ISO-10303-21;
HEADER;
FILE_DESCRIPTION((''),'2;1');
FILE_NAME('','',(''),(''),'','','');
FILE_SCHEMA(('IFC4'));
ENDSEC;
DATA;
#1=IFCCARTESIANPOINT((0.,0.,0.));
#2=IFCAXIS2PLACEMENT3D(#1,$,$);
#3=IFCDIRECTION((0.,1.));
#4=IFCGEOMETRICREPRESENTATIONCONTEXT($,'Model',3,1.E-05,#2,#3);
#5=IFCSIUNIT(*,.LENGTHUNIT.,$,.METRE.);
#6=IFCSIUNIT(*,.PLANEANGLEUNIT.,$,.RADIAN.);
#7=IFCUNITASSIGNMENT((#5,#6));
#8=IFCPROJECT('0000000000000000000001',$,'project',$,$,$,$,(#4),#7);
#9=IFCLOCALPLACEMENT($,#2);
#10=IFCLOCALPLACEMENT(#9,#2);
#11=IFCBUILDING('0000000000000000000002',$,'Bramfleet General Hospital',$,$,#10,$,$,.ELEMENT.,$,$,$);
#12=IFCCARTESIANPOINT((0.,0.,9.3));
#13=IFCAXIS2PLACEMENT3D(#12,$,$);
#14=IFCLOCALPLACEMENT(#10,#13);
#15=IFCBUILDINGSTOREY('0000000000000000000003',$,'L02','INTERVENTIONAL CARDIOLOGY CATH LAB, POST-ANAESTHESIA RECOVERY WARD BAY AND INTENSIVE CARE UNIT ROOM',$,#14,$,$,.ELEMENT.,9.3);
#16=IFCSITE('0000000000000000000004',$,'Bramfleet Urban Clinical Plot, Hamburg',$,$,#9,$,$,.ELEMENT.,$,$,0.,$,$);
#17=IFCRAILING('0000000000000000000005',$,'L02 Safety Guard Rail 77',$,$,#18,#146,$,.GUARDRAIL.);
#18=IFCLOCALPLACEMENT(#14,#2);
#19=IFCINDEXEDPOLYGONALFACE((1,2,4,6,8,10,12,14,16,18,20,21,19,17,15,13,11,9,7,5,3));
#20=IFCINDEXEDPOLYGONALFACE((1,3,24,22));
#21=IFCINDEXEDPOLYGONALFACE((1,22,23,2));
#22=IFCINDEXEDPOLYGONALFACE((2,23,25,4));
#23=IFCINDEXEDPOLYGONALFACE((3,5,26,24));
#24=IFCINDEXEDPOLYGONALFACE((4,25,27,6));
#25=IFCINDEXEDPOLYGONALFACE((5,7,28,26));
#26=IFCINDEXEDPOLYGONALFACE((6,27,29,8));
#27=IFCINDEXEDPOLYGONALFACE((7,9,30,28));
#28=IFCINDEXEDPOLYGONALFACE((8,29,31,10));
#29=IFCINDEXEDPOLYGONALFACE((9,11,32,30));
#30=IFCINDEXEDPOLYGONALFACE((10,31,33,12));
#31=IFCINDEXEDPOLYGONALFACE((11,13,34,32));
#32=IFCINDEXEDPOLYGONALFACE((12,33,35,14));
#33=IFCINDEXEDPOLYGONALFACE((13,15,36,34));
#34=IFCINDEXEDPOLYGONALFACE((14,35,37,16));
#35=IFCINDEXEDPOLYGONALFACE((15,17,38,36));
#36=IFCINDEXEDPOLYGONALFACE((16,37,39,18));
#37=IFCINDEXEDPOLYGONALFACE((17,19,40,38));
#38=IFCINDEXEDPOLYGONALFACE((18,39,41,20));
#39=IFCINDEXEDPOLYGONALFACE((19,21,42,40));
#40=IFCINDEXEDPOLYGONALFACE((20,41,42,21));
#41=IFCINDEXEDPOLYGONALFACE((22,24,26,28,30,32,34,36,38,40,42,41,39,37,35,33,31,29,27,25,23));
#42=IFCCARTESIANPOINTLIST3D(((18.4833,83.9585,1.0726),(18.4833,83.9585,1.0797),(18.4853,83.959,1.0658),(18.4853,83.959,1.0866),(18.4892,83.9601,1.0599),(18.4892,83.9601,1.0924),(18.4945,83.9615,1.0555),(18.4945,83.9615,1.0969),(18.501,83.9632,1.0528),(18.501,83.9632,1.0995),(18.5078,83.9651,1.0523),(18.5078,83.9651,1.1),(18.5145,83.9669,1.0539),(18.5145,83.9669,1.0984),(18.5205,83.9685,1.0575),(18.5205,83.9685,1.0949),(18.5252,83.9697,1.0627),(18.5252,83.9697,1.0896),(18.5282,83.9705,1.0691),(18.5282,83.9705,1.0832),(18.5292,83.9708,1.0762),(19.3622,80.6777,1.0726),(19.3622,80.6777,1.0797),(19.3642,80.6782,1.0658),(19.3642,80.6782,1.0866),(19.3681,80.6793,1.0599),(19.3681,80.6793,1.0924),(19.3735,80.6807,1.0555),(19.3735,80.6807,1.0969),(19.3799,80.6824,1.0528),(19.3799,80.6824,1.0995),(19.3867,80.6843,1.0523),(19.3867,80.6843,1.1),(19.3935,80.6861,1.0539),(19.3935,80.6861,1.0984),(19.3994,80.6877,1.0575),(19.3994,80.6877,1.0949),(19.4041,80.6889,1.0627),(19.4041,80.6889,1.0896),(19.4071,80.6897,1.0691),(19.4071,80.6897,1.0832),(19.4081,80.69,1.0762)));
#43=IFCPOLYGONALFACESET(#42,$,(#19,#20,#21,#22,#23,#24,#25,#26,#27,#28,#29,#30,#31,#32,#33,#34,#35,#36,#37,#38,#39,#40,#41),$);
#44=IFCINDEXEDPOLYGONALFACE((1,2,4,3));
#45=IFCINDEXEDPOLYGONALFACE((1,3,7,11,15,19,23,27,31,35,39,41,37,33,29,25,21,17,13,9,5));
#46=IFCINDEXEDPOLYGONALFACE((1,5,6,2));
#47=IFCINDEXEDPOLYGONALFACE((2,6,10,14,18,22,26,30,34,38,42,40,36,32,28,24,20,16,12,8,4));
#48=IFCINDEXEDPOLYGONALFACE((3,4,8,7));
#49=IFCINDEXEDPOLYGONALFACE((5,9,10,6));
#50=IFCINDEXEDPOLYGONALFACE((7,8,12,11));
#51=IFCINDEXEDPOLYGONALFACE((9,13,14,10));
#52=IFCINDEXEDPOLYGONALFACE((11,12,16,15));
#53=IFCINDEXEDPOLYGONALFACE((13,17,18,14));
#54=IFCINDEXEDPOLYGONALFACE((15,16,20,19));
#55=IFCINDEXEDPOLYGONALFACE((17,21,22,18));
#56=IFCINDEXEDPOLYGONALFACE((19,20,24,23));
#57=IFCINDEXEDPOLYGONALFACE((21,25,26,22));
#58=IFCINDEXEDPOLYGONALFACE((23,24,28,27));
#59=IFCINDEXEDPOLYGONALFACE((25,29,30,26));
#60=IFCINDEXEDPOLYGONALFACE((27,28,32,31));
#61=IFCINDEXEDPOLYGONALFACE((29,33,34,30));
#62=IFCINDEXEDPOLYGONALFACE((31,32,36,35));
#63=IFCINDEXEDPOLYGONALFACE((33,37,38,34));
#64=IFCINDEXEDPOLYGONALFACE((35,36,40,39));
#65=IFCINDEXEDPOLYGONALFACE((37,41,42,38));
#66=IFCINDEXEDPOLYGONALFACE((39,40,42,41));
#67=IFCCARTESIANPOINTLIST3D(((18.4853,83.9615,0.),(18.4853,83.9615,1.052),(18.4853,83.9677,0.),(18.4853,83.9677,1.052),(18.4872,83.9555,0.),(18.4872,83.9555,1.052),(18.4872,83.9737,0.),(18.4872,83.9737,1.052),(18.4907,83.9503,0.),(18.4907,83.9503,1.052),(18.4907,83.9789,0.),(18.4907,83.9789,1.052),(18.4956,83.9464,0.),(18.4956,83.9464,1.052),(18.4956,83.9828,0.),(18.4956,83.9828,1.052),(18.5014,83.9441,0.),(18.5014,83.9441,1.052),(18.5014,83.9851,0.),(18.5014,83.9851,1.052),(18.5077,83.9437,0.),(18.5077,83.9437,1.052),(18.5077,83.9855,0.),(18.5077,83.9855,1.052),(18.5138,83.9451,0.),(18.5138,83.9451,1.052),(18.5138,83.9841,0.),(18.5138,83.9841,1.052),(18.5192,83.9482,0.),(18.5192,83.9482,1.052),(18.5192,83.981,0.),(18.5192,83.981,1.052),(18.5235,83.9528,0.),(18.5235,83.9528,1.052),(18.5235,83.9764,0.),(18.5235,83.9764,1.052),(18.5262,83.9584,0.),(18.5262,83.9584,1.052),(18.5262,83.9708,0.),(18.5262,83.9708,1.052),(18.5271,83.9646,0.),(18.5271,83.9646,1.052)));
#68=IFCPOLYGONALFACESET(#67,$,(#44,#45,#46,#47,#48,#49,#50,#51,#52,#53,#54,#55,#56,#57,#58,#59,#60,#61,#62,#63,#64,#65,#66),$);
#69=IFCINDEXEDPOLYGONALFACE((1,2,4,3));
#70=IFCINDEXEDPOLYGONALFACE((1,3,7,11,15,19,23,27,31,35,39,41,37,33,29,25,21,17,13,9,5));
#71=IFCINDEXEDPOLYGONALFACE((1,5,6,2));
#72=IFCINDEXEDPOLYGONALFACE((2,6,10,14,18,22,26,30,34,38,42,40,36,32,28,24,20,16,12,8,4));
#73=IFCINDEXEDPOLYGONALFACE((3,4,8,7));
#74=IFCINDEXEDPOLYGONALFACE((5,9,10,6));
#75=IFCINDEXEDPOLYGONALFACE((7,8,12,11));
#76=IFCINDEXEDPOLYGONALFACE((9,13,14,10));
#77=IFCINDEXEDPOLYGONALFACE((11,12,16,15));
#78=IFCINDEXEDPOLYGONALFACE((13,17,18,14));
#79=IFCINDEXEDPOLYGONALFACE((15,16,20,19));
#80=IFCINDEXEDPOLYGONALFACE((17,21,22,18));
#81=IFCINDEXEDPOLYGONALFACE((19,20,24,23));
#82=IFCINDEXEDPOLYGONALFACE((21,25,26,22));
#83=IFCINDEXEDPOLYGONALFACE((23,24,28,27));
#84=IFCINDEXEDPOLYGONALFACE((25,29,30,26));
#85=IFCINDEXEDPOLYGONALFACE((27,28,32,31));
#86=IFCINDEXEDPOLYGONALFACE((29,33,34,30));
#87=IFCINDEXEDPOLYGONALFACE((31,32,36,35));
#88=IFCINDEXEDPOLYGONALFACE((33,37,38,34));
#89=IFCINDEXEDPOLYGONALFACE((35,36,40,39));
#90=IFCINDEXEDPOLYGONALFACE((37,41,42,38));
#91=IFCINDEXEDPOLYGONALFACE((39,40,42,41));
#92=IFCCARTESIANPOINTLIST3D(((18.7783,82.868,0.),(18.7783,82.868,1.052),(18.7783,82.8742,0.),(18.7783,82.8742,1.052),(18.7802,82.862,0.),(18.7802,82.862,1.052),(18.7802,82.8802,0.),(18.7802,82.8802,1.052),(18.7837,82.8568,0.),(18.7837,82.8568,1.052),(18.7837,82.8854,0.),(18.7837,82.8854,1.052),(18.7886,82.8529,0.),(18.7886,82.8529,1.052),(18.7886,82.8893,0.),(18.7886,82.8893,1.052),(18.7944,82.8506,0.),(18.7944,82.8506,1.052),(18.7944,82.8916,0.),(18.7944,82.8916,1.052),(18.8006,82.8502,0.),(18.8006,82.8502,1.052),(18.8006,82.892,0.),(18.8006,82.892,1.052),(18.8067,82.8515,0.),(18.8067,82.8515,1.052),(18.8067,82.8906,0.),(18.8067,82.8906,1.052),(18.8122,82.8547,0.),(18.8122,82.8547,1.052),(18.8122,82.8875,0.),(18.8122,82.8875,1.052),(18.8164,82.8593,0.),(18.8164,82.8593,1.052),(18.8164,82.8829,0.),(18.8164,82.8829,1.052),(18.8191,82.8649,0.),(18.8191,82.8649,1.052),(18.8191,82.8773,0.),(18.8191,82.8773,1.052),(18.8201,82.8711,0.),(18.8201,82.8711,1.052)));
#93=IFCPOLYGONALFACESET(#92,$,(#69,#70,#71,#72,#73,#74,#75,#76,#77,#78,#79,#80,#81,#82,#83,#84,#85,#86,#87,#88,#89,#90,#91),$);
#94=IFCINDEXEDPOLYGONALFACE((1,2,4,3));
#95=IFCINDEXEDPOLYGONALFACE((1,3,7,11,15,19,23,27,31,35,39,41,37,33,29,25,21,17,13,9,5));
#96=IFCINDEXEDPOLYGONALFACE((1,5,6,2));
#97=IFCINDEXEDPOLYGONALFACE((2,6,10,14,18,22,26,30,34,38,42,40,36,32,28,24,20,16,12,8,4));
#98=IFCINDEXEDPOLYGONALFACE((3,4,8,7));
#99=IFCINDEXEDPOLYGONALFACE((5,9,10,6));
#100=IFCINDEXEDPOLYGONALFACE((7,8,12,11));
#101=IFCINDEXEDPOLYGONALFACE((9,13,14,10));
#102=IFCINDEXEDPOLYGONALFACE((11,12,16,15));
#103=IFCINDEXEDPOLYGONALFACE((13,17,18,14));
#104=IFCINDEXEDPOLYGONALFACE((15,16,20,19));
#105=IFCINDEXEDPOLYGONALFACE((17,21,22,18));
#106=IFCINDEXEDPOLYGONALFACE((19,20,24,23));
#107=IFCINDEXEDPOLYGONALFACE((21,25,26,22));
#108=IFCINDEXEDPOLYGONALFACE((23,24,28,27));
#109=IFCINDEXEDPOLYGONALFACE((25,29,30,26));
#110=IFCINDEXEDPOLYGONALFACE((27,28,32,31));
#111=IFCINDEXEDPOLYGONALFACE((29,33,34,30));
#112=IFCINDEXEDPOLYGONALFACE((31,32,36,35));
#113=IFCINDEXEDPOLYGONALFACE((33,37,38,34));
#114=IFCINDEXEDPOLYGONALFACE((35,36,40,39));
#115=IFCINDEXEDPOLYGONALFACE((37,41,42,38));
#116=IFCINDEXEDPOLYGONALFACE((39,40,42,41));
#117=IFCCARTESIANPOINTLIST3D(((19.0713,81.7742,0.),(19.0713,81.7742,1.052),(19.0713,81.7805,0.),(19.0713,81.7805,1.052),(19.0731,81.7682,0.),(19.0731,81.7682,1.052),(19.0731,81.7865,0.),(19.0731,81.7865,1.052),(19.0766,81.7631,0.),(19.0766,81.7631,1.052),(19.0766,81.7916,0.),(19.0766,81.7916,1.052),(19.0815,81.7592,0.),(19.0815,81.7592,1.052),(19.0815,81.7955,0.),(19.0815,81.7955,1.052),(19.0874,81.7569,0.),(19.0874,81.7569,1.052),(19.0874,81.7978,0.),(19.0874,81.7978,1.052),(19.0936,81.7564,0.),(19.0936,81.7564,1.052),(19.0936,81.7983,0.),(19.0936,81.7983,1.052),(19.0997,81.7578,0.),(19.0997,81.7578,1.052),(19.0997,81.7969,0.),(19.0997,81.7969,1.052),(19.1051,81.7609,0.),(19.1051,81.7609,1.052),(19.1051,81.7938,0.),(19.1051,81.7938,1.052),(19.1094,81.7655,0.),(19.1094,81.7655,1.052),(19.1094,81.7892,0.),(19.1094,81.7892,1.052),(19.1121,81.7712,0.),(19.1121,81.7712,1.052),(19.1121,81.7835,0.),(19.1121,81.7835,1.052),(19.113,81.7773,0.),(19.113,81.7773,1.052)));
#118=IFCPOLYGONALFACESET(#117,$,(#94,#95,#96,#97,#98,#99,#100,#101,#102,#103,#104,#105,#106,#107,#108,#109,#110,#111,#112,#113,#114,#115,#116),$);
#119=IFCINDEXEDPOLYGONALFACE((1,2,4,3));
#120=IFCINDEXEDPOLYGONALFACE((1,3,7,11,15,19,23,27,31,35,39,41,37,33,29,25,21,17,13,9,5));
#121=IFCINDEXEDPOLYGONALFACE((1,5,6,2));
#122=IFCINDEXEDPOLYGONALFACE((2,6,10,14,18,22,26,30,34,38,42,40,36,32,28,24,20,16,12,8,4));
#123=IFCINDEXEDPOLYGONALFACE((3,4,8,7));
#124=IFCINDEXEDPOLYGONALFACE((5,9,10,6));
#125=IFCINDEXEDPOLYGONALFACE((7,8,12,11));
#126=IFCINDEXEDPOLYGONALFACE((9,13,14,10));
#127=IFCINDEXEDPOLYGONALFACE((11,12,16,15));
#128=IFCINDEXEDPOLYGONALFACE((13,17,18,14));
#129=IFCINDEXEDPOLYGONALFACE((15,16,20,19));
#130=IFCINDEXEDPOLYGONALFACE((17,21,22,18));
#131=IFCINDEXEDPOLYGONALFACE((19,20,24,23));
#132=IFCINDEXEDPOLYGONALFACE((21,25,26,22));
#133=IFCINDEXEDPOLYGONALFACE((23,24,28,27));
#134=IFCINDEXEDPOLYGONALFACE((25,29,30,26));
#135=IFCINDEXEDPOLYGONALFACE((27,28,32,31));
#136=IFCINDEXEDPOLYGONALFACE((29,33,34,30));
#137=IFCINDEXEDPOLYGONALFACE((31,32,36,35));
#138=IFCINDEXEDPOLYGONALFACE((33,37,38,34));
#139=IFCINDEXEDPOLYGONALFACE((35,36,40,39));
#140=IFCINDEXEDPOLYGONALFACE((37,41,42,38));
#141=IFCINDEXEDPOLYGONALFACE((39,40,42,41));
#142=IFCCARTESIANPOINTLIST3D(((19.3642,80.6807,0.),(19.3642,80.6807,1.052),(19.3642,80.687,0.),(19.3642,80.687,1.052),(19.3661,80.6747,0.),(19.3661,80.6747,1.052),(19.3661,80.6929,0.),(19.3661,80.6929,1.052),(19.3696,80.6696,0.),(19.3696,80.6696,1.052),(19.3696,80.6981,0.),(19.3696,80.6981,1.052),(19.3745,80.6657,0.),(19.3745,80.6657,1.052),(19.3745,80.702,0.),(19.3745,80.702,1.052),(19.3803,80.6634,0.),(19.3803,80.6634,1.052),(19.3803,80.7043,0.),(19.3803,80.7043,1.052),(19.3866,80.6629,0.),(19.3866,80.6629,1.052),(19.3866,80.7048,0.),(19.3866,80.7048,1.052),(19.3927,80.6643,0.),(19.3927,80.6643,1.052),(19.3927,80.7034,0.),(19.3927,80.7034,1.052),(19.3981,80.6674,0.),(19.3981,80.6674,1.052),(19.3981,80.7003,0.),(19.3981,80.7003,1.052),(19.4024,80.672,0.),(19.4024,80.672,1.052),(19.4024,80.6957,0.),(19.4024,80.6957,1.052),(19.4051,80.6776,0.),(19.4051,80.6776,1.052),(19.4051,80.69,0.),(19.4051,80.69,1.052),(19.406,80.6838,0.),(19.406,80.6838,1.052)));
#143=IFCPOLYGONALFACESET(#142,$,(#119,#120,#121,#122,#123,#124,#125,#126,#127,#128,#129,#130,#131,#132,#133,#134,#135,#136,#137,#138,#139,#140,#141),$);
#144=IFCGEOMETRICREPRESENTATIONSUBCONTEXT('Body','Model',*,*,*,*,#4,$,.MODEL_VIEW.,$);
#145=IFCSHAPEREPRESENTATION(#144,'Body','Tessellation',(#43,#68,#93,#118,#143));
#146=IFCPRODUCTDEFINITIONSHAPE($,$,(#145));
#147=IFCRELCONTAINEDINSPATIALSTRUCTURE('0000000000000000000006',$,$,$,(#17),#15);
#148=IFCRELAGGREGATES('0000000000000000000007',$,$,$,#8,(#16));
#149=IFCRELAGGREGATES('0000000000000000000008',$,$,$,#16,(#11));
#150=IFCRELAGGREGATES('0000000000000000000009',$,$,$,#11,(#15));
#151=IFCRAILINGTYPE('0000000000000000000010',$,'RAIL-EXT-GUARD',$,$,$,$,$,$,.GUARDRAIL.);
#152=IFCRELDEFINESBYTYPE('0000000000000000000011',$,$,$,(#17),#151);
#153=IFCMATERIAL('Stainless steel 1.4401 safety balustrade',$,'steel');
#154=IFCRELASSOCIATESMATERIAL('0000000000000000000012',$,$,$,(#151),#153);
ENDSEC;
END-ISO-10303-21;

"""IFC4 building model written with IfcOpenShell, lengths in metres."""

from ifc_helpers import new_model, si_unit, direction, frame, origin, origin_2d, place, context, subcontext, project, spatial, circle, extrude, material, type_object, element, save


model = new_model("IFC4")

# Units and contexts
model_context = context("Model", 3, precision=1e-05, world=origin(), true_north=direction((0.0, 1.0)))
body_context = subcontext(model_context, "Body", "Model", "MODEL_VIEW")
ifc_project = project(units=[si_unit("LENGTHUNIT", "METRE"), si_unit("PLANEANGLEUNIT", "RADIAN")], contexts=[model_context])

# Site, building, storey
site_placement = place(None, origin())
site = spatial("IfcSite", under=ifc_project, at=site_placement, Name="Bramfleet Urban Clinical Plot, Hamburg", CompositionType="ELEMENT", RefElevation=0.0)
building_placement = place(site_placement, origin())
building = spatial("IfcBuilding", under=site, at=building_placement, Name="Bramfleet General Hospital", CompositionType="ELEMENT")
storey_placement = place(building_placement, frame((0.0, 0.0, 9.3)))
storey = spatial("IfcBuildingStorey", under=building, at=storey_placement, Name="L02", Description="INTERVENTIONAL CARDIOLOGY CATH LAB, POST-ANAESTHESIA RECOVERY WARD BAY AND INTENSIVE CARE UNIT ROOM", CompositionType="ELEMENT", Elevation=9.3)

# Railing
ifc_material_1 = material(Name="Stainless steel 1.4401 safety balustrade", Category="steel")
railing_type = type_object("IfcRailingType", Name="RAIL-EXT-GUARD", PredefinedType="GUARDRAIL", material=ifc_material_1)
railing_1_placement = place(storey_placement, frame((18.5061, 83.9646, 0.0)))
element("IfcRailing", 1, at=railing_1_placement, inside=storey, type_object=railing_type, Name="L02 Safety Guard Rail 77", PredefinedType="GUARDRAIL", context=body_context, shape_type="SweptSolid", body=[
    extrude(circle(Radius=0.0239, at=origin_2d()), frame((0.0, 0.0, 1.0762), z_axis=(0.258772, -0.965938, 0.0), x_axis=(0.965938, 0.258772, 0.0)), (0.0, 0.0, 1.0), 3.3965),
    extrude(circle(Radius=0.021, at=origin_2d()), origin(), (0.0, 0.0, 1.0), 1.052),
    extrude(circle(Radius=0.021, at=origin_2d()), frame((0.293, -1.0935, 0.0)), (0.0, 0.0, 1.0), 1.052),
    extrude(circle(Radius=0.021, at=origin_2d()), frame((0.5859, -2.1873, 0.0)), (0.0, 0.0, 1.0), 1.052),
    extrude(circle(Radius=0.021, at=origin_2d()), frame((0.8789, -3.2808, 0.0)), (0.0, 0.0, 1.0), 1.052),
])

save(model, "model.ifc")
